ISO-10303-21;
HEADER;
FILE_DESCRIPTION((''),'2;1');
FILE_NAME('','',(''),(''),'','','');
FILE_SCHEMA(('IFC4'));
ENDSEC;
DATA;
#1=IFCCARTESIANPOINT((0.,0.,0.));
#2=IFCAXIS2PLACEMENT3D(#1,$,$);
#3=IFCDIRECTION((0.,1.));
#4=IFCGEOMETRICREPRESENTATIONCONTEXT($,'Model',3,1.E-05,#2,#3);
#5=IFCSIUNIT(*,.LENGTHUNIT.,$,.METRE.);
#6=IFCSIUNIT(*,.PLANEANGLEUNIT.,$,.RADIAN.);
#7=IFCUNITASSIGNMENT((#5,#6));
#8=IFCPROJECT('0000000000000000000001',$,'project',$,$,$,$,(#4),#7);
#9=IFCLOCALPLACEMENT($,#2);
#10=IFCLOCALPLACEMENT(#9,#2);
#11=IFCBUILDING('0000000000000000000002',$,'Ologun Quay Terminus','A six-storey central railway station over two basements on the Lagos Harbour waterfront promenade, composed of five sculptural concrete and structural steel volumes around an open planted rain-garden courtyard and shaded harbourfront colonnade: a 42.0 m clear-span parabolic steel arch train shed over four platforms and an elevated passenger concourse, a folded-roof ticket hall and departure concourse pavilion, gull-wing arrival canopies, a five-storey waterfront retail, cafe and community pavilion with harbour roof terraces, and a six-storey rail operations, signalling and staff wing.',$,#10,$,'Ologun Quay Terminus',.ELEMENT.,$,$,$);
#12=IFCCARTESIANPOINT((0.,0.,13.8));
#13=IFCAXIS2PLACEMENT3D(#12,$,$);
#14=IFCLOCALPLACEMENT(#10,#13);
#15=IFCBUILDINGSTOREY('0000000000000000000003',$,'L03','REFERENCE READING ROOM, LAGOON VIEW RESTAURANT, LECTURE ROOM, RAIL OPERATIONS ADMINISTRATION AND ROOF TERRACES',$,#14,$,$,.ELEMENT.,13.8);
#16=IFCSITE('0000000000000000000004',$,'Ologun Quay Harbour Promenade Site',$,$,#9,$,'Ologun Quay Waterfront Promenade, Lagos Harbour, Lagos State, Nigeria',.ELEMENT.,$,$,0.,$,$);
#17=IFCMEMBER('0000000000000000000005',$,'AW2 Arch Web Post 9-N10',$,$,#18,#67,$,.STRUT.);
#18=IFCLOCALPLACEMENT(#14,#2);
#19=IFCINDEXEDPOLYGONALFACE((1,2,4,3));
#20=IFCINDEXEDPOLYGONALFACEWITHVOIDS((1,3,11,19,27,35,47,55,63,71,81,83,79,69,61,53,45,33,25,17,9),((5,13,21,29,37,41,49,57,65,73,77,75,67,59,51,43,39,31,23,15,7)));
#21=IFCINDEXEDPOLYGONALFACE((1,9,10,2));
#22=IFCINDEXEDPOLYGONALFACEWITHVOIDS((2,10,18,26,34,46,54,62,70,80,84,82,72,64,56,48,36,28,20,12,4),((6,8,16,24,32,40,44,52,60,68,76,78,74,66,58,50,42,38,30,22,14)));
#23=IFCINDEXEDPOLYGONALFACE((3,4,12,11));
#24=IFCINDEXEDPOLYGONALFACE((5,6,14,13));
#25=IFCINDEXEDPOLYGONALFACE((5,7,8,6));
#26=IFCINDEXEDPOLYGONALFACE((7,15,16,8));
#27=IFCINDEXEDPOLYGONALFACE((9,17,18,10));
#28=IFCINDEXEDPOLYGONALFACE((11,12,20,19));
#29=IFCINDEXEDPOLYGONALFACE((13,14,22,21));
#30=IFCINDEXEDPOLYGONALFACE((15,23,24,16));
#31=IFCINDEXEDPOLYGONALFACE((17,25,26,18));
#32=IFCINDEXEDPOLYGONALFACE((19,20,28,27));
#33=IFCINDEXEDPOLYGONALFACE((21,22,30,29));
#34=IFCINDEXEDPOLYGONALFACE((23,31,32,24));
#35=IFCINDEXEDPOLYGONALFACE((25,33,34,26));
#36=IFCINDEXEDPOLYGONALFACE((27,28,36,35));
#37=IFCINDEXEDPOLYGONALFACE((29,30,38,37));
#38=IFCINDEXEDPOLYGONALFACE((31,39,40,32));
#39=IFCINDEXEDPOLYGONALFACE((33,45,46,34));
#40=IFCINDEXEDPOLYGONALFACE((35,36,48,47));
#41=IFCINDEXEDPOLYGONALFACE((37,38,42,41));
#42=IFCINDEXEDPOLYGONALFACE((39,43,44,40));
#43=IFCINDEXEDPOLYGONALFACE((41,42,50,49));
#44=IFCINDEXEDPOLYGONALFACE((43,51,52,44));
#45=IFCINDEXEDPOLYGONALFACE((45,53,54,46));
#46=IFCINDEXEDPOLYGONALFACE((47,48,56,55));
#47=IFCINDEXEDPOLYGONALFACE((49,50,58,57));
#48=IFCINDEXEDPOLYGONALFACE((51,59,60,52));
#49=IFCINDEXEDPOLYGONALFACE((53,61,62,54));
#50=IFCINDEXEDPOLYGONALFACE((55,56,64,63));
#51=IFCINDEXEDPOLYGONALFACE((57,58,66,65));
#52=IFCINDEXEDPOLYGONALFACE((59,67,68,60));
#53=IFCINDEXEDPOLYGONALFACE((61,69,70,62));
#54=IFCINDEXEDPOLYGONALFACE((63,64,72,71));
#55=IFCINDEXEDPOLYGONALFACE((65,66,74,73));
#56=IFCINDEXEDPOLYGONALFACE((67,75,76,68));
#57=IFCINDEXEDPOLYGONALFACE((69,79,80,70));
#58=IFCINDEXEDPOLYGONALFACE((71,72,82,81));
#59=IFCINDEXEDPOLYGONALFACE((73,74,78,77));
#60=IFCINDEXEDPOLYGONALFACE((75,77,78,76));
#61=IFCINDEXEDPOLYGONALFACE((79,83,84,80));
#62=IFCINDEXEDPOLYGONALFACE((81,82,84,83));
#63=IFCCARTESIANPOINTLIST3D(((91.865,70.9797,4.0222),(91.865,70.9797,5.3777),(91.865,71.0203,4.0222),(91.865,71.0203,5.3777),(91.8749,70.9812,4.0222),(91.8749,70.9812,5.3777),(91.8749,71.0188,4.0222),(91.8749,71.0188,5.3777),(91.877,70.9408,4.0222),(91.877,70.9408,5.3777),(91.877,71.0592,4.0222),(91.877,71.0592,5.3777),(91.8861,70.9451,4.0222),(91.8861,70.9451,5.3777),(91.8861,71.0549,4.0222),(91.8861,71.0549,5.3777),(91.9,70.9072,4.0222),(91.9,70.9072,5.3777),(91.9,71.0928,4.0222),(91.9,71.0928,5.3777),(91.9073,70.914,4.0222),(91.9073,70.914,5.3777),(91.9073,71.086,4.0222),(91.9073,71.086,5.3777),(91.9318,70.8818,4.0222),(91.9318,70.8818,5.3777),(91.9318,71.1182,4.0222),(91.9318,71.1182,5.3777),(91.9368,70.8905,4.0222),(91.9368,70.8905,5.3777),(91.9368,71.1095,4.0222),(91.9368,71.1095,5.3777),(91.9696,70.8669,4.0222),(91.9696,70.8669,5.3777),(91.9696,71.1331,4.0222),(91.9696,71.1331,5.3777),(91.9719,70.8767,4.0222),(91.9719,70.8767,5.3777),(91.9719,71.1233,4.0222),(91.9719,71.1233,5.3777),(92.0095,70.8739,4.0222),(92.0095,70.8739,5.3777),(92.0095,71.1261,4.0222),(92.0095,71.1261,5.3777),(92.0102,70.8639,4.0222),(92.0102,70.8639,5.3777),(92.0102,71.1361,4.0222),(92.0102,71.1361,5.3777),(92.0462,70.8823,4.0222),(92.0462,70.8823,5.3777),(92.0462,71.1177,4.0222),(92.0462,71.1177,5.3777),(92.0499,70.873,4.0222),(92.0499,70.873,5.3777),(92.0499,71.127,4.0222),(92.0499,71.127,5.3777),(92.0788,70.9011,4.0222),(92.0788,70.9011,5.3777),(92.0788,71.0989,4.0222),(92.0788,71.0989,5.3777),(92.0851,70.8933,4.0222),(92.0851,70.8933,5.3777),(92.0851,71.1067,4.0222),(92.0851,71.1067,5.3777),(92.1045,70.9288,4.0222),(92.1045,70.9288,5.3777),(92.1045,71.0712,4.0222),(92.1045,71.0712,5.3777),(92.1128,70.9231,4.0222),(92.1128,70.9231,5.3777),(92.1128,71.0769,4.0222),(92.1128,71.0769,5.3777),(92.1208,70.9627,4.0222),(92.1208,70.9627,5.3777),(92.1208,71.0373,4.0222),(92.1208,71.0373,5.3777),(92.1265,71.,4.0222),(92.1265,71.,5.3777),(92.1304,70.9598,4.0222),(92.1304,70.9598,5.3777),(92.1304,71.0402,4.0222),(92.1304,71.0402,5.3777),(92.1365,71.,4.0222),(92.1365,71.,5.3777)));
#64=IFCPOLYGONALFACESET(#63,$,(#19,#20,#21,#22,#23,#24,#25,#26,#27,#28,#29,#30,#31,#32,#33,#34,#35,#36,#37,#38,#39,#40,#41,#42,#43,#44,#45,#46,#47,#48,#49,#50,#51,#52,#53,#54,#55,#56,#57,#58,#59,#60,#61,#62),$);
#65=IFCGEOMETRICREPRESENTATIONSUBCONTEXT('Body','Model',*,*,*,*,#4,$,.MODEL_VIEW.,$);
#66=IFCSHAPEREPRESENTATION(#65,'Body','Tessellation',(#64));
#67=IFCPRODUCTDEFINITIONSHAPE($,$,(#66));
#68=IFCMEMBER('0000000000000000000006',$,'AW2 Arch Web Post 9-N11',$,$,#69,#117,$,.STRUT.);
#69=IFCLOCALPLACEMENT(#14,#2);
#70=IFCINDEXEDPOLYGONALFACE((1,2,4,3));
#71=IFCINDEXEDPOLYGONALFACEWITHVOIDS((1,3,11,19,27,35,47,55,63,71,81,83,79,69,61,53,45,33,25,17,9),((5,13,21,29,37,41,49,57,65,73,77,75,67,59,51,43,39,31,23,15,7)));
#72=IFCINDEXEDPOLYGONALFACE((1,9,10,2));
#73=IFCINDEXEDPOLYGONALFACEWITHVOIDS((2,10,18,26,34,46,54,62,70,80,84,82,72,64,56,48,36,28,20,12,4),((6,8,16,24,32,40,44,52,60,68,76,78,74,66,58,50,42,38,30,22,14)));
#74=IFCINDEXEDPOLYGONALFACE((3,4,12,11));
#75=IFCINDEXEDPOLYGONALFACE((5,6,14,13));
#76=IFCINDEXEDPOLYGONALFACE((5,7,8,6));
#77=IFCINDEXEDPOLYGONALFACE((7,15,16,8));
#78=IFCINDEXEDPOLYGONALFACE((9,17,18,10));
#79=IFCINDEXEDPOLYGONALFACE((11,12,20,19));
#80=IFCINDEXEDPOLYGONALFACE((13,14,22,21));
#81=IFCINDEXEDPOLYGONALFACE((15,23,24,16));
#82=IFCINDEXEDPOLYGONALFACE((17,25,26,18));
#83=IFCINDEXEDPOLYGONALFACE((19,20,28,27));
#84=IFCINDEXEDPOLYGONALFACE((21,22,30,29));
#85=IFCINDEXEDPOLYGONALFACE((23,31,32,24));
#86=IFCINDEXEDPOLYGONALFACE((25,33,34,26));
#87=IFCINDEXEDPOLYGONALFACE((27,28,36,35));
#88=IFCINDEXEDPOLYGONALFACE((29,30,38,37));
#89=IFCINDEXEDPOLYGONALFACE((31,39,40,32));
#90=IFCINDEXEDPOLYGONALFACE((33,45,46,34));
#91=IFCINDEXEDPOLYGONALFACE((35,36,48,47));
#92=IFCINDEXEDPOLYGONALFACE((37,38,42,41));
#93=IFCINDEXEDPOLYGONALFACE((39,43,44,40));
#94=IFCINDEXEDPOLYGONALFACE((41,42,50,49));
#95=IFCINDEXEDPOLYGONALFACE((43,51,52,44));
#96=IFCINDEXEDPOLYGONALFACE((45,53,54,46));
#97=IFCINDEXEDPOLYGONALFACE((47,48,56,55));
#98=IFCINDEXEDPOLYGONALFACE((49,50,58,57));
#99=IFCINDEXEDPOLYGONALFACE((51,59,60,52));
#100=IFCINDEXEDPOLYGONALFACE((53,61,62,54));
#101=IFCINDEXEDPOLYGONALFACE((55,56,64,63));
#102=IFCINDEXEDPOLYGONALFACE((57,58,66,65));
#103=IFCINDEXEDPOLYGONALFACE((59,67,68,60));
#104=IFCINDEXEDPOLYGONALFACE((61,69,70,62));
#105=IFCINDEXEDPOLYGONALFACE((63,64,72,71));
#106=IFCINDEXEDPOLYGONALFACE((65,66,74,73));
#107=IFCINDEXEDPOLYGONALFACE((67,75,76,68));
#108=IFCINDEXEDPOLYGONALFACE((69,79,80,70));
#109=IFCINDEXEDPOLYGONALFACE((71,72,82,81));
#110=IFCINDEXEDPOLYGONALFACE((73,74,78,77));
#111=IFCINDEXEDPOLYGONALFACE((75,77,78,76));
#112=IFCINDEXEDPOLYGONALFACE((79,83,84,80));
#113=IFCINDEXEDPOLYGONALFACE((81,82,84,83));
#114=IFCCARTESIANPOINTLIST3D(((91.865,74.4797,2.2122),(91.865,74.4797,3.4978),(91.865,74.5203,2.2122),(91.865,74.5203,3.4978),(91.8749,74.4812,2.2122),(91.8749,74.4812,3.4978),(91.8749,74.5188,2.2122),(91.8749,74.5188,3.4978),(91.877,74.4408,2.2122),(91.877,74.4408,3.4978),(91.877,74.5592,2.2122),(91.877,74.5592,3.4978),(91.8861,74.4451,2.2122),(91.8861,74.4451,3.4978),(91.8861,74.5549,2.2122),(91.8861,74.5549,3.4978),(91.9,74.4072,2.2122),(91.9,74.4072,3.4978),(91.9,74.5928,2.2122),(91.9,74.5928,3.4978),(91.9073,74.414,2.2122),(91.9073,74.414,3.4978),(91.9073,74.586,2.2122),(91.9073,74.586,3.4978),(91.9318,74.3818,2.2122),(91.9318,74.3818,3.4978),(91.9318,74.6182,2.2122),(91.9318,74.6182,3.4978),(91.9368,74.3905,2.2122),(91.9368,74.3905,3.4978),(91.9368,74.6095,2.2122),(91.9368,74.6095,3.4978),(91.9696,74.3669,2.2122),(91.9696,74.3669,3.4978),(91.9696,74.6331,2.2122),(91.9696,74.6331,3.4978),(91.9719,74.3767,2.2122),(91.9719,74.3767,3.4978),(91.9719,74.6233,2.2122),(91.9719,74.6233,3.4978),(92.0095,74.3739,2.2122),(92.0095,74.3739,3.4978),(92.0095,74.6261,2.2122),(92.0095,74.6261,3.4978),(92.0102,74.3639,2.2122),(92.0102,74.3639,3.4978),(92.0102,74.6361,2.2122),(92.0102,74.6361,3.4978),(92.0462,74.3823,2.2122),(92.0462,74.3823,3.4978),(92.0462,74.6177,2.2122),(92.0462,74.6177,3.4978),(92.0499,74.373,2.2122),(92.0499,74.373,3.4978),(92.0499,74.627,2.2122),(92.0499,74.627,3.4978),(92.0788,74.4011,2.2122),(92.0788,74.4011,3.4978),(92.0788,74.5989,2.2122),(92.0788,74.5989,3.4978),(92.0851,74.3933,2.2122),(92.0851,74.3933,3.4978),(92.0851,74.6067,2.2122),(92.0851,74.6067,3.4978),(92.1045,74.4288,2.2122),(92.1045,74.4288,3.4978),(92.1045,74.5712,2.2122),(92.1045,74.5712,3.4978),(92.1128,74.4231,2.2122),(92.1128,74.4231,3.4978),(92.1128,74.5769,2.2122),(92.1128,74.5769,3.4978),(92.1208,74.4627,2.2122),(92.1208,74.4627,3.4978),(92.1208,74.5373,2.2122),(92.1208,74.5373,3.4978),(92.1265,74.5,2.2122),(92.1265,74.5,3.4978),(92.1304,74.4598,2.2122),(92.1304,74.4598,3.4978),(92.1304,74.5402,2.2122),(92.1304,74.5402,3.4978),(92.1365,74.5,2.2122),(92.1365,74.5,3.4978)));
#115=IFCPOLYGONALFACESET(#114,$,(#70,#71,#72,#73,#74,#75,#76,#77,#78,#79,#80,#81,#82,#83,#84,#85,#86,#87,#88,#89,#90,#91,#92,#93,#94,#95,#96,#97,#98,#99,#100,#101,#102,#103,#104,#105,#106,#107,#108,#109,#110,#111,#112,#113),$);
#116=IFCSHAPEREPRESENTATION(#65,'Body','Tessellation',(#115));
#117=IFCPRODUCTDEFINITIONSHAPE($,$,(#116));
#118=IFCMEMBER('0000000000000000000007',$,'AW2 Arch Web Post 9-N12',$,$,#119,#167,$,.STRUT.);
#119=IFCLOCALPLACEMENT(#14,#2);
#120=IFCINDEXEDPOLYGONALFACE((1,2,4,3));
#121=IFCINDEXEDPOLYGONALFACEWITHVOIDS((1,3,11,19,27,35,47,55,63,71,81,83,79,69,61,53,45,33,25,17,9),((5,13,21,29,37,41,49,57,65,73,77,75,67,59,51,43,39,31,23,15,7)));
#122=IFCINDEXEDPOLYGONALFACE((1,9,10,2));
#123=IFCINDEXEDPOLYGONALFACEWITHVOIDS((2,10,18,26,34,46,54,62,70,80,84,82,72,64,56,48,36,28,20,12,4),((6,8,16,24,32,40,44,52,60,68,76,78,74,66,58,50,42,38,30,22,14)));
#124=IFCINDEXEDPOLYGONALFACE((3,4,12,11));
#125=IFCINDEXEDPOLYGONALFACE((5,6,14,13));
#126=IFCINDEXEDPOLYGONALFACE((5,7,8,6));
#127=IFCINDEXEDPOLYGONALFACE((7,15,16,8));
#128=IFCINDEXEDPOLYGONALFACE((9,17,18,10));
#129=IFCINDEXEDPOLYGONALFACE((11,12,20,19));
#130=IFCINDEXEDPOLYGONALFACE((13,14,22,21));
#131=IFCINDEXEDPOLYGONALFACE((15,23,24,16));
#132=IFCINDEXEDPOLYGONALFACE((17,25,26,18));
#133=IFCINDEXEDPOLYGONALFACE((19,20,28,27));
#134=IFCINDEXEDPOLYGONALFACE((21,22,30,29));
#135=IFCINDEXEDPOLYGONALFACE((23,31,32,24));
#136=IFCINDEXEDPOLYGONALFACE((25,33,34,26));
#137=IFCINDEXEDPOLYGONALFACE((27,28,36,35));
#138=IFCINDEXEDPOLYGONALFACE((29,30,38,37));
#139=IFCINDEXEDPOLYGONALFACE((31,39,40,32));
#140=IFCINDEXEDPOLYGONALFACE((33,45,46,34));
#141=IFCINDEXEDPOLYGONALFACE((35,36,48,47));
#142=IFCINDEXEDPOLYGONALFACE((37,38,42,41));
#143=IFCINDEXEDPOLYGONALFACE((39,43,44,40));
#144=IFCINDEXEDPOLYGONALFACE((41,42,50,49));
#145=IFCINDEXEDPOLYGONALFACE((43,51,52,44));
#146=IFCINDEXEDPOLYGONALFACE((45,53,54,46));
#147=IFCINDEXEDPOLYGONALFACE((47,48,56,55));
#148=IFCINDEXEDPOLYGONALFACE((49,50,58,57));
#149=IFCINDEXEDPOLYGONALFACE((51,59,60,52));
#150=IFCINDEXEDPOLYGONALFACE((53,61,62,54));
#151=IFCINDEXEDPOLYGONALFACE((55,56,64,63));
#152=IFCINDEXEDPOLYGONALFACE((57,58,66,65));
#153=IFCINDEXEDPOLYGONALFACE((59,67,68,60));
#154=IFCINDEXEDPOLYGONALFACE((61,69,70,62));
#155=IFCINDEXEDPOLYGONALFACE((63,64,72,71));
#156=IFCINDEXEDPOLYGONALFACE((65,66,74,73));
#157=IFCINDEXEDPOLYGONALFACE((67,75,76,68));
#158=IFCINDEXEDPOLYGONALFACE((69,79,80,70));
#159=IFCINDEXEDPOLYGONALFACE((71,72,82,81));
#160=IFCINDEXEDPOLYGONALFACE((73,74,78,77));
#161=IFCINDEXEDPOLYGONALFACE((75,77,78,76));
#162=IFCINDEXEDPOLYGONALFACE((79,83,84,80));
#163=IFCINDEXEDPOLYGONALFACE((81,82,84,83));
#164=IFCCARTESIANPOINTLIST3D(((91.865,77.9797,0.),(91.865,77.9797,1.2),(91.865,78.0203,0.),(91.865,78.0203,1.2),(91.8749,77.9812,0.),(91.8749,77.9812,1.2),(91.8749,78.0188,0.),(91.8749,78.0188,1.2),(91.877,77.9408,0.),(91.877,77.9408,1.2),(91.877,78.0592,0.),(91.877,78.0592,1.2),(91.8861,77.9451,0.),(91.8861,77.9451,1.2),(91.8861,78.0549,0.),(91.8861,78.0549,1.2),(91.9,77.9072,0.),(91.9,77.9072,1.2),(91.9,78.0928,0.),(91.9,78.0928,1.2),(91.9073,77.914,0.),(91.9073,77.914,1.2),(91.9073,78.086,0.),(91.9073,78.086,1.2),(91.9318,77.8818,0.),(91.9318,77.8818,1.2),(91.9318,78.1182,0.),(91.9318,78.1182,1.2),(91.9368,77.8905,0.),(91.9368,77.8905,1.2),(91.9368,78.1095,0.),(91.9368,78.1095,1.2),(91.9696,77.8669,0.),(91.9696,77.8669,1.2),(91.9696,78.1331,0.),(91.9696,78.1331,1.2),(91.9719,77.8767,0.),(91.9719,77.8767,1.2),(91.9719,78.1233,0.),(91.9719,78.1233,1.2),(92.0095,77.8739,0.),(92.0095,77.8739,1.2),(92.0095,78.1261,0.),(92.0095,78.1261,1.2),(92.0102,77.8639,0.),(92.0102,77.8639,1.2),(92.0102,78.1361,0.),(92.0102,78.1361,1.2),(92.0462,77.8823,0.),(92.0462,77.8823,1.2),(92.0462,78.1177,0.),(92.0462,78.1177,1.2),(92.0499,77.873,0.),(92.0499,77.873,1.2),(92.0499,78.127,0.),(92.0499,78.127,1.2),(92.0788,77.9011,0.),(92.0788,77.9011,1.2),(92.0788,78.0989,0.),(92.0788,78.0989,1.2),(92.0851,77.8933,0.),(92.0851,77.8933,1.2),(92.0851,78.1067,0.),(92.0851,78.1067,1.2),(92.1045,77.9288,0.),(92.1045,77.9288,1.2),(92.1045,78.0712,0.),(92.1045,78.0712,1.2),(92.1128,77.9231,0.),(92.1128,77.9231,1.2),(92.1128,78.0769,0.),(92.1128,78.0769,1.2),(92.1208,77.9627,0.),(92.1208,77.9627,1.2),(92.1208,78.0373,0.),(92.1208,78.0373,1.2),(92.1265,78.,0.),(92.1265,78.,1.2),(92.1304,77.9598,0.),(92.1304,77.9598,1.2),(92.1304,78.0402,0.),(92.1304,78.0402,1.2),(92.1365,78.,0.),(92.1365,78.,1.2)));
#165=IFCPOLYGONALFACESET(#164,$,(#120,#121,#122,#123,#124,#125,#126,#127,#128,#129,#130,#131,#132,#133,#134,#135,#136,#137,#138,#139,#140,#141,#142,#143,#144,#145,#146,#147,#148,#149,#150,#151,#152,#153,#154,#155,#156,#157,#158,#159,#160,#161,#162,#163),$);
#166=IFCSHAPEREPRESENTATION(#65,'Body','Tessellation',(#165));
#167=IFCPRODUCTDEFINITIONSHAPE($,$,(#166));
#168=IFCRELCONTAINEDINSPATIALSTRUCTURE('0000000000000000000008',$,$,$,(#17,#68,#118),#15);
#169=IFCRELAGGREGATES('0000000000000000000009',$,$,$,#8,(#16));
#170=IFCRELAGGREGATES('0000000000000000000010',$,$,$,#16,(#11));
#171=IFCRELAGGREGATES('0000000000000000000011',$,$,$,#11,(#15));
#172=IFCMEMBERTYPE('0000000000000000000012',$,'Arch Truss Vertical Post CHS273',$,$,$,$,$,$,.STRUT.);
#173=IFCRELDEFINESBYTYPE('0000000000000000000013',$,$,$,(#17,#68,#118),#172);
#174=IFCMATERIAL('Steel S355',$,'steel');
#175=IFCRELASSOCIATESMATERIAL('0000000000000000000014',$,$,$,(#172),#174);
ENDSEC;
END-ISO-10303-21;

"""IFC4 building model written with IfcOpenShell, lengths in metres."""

from ifc_helpers import new_model, si_unit, direction, frame, origin, origin_2d, place, context, subcontext, project, spatial, hollow_circle, extrude, material, material_profile, profile_set, type_object, element, save


model = new_model("IFC4")

# Units and contexts
model_context = context("Model", 3, precision=1e-05, world=origin(), true_north=direction((0.0, 1.0)))
body_context = subcontext(model_context, "Body", "Model", "MODEL_VIEW")
ifc_project = project(units=[si_unit("LENGTHUNIT", "METRE"), si_unit("PLANEANGLEUNIT", "RADIAN")], contexts=[model_context])

# Site, building, storey
site_placement = place(None, origin())
site = spatial("IfcSite", under=ifc_project, at=site_placement, Name="Ologun Quay Harbour Promenade Site", LongName="Ologun Quay Waterfront Promenade, Lagos Harbour, Lagos State, Nigeria", CompositionType="ELEMENT", RefElevation=0.0)
building_placement = place(site_placement, origin())
building = spatial("IfcBuilding", under=site, at=building_placement, Name="Ologun Quay Terminus", Description="A six-storey central railway station over two basements on the Lagos Harbour waterfront promenade, composed of five sculptural concrete and structural steel volumes around an open planted rain-garden courtyard and shaded harbourfront colonnade: a 42.0 m clear-span parabolic steel arch train shed over four platforms and an elevated passenger concourse, a folded-roof ticket hall and departure concourse pavilion, gull-wing arrival canopies, a five-storey waterfront retail, cafe and community pavilion with harbour roof terraces, and a six-storey rail operations, signalling and staff wing.", LongName="Ologun Quay Terminus", CompositionType="ELEMENT")
storey_placement = place(building_placement, frame((0.0, 0.0, 13.8)))
storey = spatial("IfcBuildingStorey", under=building, at=storey_placement, Name="L03", Description="REFERENCE READING ROOM, LAGOON VIEW RESTAURANT, LECTURE ROOM, RAIL OPERATIONS ADMINISTRATION AND ROOF TERRACES", CompositionType="ELEMENT", Elevation=13.8)

# Members
ifc_material_1 = material(Name="Steel S355", Category="steel")
ifc_material_profile_1 = material_profile(ifc_material_1, hollow_circle(Radius=0.1365, WallThickness=0.01, at=origin_2d()), Name="CHS 273x10")
ifc_profile_set_1 = profile_set([ifc_material_profile_1], Name="Steel S355")
member_type_1 = type_object("IfcMemberType", Name="Arch Truss Vertical Post CHS273", PredefinedType="STRUT", material=ifc_profile_set_1)
member_1_placement = place(storey_placement, frame((92.0, 71.0, 4.0222), z_axis=(0.0, 0.0, 1.0), x_axis=(1.0, 0.0, 0.0)))
element("IfcMember", 1, at=member_1_placement, inside=storey, type_object=member_type_1, Name="AW2 Arch Web Post 9-N10", PredefinedType="STRUT", context=body_context, shape_type="SweptSolid", body=[
    extrude(hollow_circle(Radius=0.1365, WallThickness=0.01, at=origin_2d()), origin(), (0.0, 0.0, 1.0), 1.3555),
])
member_2_placement = place(storey_placement, frame((92.0, 74.5, 2.2122), z_axis=(0.0, 0.0, 1.0), x_axis=(1.0, 0.0, 0.0)))
element("IfcMember", 2, at=member_2_placement, inside=storey, type_object=member_type_1, Name="AW2 Arch Web Post 9-N11", PredefinedType="STRUT", context=body_context, shape_type="SweptSolid", body=[
    extrude(hollow_circle(Radius=0.1365, WallThickness=0.01, at=origin_2d()), origin(), (0.0, 0.0, 1.0), 1.2856),
])
member_3_placement = place(storey_placement, frame((92.0, 78.0, 0.0), z_axis=(0.0, 0.0, 1.0), x_axis=(1.0, 0.0, 0.0)))
element("IfcMember", 3, at=member_3_placement, inside=storey, type_object=member_type_1, Name="AW2 Arch Web Post 9-N12", PredefinedType="STRUT", context=body_context, shape_type="SweptSolid", body=[
    extrude(hollow_circle(Radius=0.1365, WallThickness=0.01, at=origin_2d()), origin(), (0.0, 0.0, 1.0), 1.2),
])

save(model, "model.ifc")
